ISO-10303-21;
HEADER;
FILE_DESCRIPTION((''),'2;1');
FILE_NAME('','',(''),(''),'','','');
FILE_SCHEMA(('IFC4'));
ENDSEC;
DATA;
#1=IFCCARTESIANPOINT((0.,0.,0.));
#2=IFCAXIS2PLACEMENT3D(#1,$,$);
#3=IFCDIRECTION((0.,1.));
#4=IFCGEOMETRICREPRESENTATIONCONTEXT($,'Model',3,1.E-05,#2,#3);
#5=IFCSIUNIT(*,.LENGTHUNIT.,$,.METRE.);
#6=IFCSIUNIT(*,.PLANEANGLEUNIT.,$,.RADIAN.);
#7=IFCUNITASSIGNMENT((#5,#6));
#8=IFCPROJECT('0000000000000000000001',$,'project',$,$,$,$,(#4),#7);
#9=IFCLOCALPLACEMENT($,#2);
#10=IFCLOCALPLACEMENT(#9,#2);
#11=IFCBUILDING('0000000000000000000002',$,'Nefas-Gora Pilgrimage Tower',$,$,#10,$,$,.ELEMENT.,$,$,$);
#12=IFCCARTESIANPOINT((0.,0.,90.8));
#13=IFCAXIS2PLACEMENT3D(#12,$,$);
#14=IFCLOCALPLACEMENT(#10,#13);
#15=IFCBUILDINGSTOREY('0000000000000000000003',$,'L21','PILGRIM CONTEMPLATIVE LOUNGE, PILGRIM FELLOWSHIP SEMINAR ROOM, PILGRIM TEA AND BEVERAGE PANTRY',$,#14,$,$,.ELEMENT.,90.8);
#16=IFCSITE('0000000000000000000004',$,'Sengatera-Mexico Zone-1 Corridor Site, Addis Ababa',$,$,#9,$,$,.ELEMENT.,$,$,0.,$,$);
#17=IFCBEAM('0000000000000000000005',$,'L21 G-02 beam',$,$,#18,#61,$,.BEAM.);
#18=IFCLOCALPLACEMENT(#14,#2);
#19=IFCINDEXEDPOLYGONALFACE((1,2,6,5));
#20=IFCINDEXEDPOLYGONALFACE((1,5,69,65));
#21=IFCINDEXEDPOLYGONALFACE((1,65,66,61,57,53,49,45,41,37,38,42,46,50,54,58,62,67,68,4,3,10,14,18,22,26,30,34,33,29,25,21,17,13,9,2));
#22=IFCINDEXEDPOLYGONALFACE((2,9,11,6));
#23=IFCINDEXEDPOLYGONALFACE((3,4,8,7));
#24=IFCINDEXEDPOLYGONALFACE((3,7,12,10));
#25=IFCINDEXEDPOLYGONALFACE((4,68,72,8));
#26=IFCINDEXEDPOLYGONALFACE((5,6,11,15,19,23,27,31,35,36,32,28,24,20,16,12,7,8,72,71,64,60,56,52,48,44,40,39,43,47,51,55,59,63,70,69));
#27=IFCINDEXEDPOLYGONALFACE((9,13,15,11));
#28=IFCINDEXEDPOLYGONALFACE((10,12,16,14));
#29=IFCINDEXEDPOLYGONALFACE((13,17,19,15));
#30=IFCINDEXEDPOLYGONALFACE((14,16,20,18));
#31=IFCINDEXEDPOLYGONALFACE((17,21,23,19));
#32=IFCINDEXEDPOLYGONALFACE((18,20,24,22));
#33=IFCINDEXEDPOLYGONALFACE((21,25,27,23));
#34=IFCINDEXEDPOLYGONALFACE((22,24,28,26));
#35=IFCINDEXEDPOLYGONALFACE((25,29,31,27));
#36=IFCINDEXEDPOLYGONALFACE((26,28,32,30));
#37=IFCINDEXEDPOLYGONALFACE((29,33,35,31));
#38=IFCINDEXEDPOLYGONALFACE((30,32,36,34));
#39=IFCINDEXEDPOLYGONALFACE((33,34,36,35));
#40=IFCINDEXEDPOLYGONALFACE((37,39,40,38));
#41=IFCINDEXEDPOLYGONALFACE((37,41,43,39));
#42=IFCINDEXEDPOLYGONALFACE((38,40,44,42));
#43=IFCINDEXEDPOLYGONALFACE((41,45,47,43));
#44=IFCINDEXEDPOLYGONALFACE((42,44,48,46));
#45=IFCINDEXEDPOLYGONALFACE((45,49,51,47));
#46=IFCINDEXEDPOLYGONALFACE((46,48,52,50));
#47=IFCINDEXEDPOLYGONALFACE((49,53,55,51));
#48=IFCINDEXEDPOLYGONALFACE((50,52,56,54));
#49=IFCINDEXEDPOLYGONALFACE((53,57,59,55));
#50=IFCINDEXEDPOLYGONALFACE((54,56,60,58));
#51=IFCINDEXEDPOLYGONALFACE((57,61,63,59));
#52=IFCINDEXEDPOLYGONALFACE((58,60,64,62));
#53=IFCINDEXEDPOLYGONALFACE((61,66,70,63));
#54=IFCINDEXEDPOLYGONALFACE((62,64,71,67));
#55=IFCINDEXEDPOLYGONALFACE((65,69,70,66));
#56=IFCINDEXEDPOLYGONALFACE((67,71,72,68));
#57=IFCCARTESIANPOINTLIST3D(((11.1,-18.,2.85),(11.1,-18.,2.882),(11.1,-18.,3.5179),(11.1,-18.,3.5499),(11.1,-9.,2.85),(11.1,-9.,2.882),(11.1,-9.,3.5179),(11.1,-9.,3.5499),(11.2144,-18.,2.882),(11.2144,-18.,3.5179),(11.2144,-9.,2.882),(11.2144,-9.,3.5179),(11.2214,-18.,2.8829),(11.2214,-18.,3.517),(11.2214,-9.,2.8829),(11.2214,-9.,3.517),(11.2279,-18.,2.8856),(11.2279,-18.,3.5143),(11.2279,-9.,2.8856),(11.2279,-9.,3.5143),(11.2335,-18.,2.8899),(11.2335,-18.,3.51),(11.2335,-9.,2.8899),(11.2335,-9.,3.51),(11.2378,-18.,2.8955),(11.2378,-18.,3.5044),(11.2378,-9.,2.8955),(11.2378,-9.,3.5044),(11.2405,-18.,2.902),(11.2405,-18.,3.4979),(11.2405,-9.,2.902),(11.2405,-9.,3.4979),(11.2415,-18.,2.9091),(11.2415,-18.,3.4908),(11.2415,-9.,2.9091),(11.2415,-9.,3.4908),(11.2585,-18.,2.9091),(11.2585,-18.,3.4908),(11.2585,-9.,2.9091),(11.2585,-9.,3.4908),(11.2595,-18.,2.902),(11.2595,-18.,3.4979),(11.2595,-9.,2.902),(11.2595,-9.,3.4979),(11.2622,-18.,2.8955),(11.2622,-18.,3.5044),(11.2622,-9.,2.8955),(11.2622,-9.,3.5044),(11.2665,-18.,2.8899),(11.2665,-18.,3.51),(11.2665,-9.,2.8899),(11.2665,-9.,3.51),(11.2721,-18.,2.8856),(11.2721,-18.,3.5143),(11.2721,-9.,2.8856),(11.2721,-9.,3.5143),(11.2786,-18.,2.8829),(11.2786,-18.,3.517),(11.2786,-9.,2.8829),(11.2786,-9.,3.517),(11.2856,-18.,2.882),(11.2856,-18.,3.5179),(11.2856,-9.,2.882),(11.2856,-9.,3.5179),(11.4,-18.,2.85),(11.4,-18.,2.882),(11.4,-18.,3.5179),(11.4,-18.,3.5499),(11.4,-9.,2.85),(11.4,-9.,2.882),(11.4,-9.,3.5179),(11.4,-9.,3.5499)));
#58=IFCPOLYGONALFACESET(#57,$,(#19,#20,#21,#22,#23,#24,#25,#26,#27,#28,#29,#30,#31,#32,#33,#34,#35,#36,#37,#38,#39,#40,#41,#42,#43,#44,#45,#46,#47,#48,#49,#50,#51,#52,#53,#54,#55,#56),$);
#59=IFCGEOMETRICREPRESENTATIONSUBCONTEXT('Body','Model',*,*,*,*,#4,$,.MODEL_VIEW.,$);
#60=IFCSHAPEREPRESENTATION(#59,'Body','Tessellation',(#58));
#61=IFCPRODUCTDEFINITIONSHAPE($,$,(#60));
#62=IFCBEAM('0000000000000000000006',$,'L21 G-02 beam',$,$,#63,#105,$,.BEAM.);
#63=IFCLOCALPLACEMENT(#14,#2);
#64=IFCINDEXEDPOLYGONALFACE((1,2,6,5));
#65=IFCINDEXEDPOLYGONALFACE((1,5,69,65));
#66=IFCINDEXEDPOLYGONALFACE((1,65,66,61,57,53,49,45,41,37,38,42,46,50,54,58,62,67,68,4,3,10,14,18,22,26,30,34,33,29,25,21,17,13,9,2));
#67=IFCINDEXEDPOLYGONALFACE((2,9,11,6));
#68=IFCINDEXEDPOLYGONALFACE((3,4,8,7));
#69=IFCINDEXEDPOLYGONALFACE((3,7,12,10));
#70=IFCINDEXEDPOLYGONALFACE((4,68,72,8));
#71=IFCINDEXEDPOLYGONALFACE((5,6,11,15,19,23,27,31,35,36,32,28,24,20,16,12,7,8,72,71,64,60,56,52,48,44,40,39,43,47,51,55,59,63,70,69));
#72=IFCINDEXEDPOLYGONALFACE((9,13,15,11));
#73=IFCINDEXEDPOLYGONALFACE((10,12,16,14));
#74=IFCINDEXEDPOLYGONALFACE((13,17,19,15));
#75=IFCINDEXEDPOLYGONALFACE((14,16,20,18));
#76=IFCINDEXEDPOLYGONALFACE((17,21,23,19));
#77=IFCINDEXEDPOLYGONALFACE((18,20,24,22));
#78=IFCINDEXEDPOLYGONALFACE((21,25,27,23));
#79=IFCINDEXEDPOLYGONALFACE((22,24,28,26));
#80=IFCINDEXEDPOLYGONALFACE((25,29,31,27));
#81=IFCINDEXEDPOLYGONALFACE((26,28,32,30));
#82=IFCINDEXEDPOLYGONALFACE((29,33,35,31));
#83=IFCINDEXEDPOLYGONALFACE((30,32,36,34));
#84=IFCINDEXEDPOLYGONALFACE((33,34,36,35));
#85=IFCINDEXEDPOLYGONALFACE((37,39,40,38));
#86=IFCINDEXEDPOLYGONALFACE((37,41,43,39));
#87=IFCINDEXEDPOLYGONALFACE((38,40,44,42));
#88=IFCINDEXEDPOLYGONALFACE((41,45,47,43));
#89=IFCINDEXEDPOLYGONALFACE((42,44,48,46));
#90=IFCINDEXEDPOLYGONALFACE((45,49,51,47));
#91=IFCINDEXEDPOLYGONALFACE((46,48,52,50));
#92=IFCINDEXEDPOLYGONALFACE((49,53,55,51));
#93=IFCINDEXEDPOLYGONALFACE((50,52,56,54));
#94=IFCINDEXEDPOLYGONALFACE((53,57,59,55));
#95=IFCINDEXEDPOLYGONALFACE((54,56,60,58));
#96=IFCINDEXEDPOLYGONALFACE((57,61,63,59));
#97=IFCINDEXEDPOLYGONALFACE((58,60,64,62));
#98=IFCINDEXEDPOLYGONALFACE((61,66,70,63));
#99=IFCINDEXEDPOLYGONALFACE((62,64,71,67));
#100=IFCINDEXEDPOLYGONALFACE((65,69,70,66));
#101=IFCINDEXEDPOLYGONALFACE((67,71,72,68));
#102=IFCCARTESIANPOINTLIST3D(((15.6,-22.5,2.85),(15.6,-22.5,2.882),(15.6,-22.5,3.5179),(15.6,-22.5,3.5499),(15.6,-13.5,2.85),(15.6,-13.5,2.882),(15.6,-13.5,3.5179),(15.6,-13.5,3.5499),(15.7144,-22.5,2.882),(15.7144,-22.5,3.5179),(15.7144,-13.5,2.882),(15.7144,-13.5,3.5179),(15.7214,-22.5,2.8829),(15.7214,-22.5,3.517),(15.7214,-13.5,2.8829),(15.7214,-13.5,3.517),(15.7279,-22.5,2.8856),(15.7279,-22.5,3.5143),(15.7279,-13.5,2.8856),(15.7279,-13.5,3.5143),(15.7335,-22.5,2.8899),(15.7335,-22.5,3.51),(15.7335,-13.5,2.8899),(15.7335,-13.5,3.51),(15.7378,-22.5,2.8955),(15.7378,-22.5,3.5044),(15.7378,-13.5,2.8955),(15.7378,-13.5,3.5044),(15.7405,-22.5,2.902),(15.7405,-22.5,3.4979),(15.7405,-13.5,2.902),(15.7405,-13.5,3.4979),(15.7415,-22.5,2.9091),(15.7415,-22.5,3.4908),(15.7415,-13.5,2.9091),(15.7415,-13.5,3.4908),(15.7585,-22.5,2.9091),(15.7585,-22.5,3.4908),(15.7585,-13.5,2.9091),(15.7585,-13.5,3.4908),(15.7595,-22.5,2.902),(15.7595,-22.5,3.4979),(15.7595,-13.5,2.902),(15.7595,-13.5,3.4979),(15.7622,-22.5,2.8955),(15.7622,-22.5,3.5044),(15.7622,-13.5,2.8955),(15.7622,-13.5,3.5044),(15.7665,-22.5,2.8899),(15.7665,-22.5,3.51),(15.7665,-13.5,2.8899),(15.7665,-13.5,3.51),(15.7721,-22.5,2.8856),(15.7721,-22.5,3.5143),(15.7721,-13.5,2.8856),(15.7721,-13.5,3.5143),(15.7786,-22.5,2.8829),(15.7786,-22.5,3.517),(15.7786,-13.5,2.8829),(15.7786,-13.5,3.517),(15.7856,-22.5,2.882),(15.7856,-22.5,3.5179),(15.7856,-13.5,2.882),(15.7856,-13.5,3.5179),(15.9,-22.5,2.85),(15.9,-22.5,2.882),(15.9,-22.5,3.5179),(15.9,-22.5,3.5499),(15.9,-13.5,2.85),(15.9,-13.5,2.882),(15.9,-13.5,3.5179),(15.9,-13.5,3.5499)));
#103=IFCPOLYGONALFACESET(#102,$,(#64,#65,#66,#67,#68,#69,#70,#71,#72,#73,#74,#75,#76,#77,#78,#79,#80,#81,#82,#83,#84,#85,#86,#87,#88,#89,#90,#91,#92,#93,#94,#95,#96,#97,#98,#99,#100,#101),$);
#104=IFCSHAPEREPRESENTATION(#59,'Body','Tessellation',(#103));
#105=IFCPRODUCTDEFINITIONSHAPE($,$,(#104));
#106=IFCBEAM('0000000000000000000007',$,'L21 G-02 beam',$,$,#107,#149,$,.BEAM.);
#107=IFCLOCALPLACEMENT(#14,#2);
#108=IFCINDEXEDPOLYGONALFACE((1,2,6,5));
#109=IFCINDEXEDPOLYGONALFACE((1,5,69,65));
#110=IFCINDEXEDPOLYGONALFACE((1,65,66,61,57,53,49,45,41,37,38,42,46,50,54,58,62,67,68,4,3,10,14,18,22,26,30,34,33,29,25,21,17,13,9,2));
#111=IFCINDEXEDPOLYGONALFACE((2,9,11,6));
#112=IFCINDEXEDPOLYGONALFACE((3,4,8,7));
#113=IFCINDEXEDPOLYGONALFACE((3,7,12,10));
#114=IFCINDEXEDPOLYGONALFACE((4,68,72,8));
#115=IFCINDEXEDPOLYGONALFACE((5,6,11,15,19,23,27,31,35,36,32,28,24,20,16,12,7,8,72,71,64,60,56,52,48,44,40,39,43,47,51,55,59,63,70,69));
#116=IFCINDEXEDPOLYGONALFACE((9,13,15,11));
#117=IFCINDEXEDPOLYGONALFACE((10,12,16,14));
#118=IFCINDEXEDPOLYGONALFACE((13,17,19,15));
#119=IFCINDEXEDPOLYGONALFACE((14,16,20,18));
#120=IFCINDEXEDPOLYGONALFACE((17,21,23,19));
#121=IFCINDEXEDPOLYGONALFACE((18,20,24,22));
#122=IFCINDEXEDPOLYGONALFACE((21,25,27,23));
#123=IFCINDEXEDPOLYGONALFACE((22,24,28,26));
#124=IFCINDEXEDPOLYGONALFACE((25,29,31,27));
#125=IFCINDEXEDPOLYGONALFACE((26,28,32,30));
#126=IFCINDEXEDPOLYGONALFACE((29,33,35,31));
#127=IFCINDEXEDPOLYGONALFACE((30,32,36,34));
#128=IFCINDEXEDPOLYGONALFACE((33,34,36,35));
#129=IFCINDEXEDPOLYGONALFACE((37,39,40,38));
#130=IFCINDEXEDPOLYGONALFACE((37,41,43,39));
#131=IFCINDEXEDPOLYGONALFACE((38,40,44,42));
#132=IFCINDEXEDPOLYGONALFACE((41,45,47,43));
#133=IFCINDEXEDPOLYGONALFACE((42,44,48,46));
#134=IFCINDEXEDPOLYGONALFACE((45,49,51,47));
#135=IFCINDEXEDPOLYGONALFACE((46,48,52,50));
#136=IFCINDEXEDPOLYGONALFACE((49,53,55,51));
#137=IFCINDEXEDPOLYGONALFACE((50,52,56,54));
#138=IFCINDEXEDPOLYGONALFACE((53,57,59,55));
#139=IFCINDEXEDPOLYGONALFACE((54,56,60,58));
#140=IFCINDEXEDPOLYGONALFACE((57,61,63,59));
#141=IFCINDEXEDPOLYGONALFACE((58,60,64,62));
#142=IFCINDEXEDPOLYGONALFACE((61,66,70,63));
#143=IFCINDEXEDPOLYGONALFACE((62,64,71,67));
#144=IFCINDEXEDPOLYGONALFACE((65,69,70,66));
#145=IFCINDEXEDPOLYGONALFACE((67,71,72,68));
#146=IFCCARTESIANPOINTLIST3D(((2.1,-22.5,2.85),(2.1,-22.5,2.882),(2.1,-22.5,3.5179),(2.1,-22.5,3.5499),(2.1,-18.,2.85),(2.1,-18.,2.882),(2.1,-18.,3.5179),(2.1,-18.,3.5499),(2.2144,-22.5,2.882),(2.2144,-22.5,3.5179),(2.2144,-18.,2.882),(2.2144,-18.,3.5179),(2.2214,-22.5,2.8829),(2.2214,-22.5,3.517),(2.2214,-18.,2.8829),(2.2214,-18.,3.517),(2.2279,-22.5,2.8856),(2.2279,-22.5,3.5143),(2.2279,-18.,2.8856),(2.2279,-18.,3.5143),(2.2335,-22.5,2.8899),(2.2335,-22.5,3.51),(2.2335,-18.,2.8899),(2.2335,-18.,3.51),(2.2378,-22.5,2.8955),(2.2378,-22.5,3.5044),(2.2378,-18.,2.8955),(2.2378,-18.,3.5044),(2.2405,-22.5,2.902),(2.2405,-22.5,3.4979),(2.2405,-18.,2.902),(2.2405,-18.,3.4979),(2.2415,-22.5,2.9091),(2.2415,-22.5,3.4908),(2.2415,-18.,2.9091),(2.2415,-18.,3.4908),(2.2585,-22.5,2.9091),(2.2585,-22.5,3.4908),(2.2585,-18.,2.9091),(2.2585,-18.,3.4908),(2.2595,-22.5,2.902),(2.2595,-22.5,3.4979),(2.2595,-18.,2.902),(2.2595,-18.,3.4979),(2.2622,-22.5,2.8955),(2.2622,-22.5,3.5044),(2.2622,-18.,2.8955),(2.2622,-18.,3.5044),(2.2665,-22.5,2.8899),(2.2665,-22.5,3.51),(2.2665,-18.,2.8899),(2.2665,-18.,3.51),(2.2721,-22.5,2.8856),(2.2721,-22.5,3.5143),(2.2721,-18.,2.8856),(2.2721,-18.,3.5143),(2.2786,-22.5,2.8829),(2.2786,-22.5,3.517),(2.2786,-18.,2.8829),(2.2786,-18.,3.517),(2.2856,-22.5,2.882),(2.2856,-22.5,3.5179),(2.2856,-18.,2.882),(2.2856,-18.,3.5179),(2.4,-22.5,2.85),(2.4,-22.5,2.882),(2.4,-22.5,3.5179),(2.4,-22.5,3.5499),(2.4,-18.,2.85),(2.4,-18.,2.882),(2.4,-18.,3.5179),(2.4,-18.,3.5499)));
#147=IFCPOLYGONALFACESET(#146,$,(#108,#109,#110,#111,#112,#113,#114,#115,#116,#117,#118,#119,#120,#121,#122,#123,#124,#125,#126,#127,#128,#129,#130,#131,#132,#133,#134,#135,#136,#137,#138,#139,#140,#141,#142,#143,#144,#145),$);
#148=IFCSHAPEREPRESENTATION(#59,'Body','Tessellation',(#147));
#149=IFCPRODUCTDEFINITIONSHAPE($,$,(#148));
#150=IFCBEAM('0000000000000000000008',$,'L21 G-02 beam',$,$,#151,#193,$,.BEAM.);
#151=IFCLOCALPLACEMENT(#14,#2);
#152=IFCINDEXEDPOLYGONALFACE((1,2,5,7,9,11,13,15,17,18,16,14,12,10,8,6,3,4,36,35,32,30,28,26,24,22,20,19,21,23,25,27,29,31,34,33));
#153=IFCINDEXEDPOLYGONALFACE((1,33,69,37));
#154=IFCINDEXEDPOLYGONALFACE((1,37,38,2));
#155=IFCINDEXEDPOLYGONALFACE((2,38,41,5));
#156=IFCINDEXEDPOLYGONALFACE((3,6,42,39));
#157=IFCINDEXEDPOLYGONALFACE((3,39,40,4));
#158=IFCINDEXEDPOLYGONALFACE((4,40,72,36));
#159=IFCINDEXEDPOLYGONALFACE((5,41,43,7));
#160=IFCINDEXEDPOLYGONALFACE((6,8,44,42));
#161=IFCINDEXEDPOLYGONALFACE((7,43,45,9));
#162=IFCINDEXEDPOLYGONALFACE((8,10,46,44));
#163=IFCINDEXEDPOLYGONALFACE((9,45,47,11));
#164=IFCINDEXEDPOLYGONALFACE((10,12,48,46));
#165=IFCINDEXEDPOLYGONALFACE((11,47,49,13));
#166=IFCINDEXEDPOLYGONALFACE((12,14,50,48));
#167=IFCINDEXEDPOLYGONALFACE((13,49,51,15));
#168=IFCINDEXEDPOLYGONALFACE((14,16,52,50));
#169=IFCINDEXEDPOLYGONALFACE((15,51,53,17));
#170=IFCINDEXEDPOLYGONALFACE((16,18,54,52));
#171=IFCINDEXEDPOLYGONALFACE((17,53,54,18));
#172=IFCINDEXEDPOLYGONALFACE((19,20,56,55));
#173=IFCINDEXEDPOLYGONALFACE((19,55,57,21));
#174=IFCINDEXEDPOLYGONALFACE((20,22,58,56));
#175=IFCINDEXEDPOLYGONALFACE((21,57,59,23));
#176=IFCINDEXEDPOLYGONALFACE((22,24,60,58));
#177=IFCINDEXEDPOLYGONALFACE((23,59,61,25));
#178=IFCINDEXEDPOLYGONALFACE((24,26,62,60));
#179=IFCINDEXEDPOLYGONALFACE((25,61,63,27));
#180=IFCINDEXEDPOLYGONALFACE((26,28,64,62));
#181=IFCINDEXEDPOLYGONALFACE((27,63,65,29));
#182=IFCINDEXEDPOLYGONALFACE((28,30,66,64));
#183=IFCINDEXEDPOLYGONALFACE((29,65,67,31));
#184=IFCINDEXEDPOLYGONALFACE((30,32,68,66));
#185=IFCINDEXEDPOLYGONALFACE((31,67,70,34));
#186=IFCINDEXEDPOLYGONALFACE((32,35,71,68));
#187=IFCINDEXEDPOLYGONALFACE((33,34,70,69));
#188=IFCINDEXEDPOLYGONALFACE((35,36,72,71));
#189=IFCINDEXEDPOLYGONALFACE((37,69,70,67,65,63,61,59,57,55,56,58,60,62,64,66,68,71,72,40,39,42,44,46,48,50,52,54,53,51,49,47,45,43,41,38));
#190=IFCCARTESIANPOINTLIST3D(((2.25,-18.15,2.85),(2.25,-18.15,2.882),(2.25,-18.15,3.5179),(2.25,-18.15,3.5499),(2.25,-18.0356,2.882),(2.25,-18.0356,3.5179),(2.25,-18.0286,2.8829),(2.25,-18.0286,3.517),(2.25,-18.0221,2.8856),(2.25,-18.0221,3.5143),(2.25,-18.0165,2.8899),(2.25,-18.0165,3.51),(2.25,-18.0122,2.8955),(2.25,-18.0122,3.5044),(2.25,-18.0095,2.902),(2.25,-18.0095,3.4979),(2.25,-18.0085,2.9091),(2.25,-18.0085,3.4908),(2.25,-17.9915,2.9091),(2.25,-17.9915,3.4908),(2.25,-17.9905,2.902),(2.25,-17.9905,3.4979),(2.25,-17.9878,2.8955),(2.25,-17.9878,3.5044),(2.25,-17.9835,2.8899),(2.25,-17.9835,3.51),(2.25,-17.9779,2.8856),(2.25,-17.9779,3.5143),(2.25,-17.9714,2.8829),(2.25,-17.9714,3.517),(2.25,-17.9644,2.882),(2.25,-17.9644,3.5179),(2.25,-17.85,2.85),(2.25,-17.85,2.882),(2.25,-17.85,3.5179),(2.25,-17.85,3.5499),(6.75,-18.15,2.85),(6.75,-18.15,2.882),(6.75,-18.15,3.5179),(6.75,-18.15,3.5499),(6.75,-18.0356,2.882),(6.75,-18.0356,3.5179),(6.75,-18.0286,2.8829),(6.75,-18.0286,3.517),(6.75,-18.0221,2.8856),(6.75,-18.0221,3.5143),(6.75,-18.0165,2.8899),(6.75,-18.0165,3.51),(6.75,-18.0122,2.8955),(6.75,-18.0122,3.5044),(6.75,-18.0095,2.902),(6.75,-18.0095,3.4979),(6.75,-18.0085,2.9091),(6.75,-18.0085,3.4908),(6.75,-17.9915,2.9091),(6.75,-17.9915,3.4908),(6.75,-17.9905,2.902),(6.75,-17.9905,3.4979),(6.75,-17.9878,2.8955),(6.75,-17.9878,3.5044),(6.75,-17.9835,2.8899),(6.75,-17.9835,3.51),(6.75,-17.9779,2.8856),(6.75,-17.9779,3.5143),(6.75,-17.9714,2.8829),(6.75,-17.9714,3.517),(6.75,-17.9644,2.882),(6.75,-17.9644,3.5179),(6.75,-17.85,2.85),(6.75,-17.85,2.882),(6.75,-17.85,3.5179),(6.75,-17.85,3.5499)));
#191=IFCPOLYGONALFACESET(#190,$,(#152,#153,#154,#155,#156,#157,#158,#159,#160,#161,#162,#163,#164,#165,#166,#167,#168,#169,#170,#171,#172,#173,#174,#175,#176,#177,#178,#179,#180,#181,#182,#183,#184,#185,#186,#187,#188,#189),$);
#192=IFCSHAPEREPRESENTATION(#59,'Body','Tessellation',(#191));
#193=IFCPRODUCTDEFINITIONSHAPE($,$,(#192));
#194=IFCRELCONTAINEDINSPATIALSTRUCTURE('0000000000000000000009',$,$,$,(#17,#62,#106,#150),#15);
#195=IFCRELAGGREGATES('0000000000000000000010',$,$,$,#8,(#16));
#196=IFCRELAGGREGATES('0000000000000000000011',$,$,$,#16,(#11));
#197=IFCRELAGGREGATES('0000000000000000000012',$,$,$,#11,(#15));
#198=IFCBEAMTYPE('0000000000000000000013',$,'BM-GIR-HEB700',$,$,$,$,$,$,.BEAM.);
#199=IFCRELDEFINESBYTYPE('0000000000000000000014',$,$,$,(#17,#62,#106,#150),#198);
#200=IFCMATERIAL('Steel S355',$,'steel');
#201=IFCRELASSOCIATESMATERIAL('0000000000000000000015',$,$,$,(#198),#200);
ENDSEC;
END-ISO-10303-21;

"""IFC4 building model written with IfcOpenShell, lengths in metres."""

from ifc_helpers import new_model, si_unit, direction, frame, origin, origin_2d, place, context, subcontext, project, spatial, i_section, extrude, source, transform, mapped, material, material_profile, profile_set, type_object, element, save


model = new_model("IFC4")

# Units and contexts
model_context = context("Model", 3, precision=1e-05, world=origin(), true_north=direction((0.0, 1.0)))
body_context = subcontext(model_context, "Body", "Model", "MODEL_VIEW")
ifc_project = project(units=[si_unit("LENGTHUNIT", "METRE"), si_unit("PLANEANGLEUNIT", "RADIAN")], contexts=[model_context])

# Site, building, storey
site_placement = place(None, origin())
site = spatial("IfcSite", under=ifc_project, at=site_placement, Name="Sengatera-Mexico Zone-1 Corridor Site, Addis Ababa", CompositionType="ELEMENT", RefElevation=0.0)
building_placement = place(site_placement, origin())
building = spatial("IfcBuilding", under=site, at=building_placement, Name="Nefas-Gora Pilgrimage Tower", CompositionType="ELEMENT")
storey_placement = place(building_placement, frame((0.0, 0.0, 90.8)))
storey = spatial("IfcBuildingStorey", under=building, at=storey_placement, Name="L21", Description="PILGRIM CONTEMPLATIVE LOUNGE, PILGRIM FELLOWSHIP SEMINAR ROOM, PILGRIM TEA AND BEVERAGE PANTRY", CompositionType="ELEMENT", Elevation=90.8)

# Beams
ifc_material_1 = material(Name="Steel S355", Category="steel")
ifc_material_profile_1 = material_profile(ifc_material_1, i_section(OverallWidth=0.3, OverallDepth=0.7, WebThickness=0.0171, FlangeThickness=0.032, FilletRadius=0.0271, at=origin_2d()), Name="HEB 700")
ifc_profile_set_1 = profile_set([ifc_material_profile_1], Name="Steel S355")
beam_type_1 = type_object("IfcBeamType", Name="BM-GIR-HEB700", PredefinedType="BEAM", material=ifc_profile_set_1)
shared_shape_1 = source(origin(), body_context, "Body", "SweptSolid", [
    extrude(i_section(OverallWidth=0.3, OverallDepth=0.7, WebThickness=0.0171, FlangeThickness=0.032, FilletRadius=0.0271, at=origin_2d()), origin(), (0.0, 0.0, 1.0), 9.0),
])
for number, where, z_axis, x_axis, name in (
    (1, (11.25, -18.0, 3.2), (0.0, 1.0, 0.0), (-1.0, 0.0, 0.0), "L21 G-02 beam"),
    (2, (15.75, -22.5, 3.2), (0.0, 1.0, 0.0), (-1.0, 0.0, 0.0), "L21 G-02 beam"),
):
    element("IfcBeam", number, at=place(storey_placement, frame(where, z_axis=z_axis, x_axis=x_axis)), inside=storey, type_object=beam_type_1, Name=name, PredefinedType="BEAM", context=body_context, shape_type="MappedRepresentation", body=[
        mapped(shared_shape_1, transform((0.0, 0.0, 0.0), x_axis=(1.0, 0.0, 0.0), y_axis=(0.0, 1.0, 0.0), z_axis=(0.0, 0.0, 1.0), scale=1.0)),
    ])
shared_shape_2 = source(origin(), body_context, "Body", "SweptSolid", [
    extrude(i_section(OverallWidth=0.3, OverallDepth=0.7, WebThickness=0.0171, FlangeThickness=0.032, FilletRadius=0.0271, at=origin_2d()), origin(), (0.0, 0.0, 1.0), 4.5),
])
for number, where, z_axis, x_axis, name in (
    (3, (2.25, -22.5, 3.2), (0.0, 1.0, 0.0), (-1.0, 0.0, 0.0), "L21 G-02 beam"),
    (4, (2.25, -18.0, 3.2), (1.0, 0.0, 0.0), (0.0, 1.0, 0.0), "L21 G-02 beam"),
):
    element("IfcBeam", number, at=place(storey_placement, frame(where, z_axis=z_axis, x_axis=x_axis)), inside=storey, type_object=beam_type_1, Name=name, PredefinedType="BEAM", context=body_context, shape_type="MappedRepresentation", body=[
        mapped(shared_shape_2, transform((0.0, 0.0, 0.0), x_axis=(1.0, 0.0, 0.0), y_axis=(0.0, 1.0, 0.0), z_axis=(0.0, 0.0, 1.0), scale=1.0)),
    ])

save(model, "model.ifc")
